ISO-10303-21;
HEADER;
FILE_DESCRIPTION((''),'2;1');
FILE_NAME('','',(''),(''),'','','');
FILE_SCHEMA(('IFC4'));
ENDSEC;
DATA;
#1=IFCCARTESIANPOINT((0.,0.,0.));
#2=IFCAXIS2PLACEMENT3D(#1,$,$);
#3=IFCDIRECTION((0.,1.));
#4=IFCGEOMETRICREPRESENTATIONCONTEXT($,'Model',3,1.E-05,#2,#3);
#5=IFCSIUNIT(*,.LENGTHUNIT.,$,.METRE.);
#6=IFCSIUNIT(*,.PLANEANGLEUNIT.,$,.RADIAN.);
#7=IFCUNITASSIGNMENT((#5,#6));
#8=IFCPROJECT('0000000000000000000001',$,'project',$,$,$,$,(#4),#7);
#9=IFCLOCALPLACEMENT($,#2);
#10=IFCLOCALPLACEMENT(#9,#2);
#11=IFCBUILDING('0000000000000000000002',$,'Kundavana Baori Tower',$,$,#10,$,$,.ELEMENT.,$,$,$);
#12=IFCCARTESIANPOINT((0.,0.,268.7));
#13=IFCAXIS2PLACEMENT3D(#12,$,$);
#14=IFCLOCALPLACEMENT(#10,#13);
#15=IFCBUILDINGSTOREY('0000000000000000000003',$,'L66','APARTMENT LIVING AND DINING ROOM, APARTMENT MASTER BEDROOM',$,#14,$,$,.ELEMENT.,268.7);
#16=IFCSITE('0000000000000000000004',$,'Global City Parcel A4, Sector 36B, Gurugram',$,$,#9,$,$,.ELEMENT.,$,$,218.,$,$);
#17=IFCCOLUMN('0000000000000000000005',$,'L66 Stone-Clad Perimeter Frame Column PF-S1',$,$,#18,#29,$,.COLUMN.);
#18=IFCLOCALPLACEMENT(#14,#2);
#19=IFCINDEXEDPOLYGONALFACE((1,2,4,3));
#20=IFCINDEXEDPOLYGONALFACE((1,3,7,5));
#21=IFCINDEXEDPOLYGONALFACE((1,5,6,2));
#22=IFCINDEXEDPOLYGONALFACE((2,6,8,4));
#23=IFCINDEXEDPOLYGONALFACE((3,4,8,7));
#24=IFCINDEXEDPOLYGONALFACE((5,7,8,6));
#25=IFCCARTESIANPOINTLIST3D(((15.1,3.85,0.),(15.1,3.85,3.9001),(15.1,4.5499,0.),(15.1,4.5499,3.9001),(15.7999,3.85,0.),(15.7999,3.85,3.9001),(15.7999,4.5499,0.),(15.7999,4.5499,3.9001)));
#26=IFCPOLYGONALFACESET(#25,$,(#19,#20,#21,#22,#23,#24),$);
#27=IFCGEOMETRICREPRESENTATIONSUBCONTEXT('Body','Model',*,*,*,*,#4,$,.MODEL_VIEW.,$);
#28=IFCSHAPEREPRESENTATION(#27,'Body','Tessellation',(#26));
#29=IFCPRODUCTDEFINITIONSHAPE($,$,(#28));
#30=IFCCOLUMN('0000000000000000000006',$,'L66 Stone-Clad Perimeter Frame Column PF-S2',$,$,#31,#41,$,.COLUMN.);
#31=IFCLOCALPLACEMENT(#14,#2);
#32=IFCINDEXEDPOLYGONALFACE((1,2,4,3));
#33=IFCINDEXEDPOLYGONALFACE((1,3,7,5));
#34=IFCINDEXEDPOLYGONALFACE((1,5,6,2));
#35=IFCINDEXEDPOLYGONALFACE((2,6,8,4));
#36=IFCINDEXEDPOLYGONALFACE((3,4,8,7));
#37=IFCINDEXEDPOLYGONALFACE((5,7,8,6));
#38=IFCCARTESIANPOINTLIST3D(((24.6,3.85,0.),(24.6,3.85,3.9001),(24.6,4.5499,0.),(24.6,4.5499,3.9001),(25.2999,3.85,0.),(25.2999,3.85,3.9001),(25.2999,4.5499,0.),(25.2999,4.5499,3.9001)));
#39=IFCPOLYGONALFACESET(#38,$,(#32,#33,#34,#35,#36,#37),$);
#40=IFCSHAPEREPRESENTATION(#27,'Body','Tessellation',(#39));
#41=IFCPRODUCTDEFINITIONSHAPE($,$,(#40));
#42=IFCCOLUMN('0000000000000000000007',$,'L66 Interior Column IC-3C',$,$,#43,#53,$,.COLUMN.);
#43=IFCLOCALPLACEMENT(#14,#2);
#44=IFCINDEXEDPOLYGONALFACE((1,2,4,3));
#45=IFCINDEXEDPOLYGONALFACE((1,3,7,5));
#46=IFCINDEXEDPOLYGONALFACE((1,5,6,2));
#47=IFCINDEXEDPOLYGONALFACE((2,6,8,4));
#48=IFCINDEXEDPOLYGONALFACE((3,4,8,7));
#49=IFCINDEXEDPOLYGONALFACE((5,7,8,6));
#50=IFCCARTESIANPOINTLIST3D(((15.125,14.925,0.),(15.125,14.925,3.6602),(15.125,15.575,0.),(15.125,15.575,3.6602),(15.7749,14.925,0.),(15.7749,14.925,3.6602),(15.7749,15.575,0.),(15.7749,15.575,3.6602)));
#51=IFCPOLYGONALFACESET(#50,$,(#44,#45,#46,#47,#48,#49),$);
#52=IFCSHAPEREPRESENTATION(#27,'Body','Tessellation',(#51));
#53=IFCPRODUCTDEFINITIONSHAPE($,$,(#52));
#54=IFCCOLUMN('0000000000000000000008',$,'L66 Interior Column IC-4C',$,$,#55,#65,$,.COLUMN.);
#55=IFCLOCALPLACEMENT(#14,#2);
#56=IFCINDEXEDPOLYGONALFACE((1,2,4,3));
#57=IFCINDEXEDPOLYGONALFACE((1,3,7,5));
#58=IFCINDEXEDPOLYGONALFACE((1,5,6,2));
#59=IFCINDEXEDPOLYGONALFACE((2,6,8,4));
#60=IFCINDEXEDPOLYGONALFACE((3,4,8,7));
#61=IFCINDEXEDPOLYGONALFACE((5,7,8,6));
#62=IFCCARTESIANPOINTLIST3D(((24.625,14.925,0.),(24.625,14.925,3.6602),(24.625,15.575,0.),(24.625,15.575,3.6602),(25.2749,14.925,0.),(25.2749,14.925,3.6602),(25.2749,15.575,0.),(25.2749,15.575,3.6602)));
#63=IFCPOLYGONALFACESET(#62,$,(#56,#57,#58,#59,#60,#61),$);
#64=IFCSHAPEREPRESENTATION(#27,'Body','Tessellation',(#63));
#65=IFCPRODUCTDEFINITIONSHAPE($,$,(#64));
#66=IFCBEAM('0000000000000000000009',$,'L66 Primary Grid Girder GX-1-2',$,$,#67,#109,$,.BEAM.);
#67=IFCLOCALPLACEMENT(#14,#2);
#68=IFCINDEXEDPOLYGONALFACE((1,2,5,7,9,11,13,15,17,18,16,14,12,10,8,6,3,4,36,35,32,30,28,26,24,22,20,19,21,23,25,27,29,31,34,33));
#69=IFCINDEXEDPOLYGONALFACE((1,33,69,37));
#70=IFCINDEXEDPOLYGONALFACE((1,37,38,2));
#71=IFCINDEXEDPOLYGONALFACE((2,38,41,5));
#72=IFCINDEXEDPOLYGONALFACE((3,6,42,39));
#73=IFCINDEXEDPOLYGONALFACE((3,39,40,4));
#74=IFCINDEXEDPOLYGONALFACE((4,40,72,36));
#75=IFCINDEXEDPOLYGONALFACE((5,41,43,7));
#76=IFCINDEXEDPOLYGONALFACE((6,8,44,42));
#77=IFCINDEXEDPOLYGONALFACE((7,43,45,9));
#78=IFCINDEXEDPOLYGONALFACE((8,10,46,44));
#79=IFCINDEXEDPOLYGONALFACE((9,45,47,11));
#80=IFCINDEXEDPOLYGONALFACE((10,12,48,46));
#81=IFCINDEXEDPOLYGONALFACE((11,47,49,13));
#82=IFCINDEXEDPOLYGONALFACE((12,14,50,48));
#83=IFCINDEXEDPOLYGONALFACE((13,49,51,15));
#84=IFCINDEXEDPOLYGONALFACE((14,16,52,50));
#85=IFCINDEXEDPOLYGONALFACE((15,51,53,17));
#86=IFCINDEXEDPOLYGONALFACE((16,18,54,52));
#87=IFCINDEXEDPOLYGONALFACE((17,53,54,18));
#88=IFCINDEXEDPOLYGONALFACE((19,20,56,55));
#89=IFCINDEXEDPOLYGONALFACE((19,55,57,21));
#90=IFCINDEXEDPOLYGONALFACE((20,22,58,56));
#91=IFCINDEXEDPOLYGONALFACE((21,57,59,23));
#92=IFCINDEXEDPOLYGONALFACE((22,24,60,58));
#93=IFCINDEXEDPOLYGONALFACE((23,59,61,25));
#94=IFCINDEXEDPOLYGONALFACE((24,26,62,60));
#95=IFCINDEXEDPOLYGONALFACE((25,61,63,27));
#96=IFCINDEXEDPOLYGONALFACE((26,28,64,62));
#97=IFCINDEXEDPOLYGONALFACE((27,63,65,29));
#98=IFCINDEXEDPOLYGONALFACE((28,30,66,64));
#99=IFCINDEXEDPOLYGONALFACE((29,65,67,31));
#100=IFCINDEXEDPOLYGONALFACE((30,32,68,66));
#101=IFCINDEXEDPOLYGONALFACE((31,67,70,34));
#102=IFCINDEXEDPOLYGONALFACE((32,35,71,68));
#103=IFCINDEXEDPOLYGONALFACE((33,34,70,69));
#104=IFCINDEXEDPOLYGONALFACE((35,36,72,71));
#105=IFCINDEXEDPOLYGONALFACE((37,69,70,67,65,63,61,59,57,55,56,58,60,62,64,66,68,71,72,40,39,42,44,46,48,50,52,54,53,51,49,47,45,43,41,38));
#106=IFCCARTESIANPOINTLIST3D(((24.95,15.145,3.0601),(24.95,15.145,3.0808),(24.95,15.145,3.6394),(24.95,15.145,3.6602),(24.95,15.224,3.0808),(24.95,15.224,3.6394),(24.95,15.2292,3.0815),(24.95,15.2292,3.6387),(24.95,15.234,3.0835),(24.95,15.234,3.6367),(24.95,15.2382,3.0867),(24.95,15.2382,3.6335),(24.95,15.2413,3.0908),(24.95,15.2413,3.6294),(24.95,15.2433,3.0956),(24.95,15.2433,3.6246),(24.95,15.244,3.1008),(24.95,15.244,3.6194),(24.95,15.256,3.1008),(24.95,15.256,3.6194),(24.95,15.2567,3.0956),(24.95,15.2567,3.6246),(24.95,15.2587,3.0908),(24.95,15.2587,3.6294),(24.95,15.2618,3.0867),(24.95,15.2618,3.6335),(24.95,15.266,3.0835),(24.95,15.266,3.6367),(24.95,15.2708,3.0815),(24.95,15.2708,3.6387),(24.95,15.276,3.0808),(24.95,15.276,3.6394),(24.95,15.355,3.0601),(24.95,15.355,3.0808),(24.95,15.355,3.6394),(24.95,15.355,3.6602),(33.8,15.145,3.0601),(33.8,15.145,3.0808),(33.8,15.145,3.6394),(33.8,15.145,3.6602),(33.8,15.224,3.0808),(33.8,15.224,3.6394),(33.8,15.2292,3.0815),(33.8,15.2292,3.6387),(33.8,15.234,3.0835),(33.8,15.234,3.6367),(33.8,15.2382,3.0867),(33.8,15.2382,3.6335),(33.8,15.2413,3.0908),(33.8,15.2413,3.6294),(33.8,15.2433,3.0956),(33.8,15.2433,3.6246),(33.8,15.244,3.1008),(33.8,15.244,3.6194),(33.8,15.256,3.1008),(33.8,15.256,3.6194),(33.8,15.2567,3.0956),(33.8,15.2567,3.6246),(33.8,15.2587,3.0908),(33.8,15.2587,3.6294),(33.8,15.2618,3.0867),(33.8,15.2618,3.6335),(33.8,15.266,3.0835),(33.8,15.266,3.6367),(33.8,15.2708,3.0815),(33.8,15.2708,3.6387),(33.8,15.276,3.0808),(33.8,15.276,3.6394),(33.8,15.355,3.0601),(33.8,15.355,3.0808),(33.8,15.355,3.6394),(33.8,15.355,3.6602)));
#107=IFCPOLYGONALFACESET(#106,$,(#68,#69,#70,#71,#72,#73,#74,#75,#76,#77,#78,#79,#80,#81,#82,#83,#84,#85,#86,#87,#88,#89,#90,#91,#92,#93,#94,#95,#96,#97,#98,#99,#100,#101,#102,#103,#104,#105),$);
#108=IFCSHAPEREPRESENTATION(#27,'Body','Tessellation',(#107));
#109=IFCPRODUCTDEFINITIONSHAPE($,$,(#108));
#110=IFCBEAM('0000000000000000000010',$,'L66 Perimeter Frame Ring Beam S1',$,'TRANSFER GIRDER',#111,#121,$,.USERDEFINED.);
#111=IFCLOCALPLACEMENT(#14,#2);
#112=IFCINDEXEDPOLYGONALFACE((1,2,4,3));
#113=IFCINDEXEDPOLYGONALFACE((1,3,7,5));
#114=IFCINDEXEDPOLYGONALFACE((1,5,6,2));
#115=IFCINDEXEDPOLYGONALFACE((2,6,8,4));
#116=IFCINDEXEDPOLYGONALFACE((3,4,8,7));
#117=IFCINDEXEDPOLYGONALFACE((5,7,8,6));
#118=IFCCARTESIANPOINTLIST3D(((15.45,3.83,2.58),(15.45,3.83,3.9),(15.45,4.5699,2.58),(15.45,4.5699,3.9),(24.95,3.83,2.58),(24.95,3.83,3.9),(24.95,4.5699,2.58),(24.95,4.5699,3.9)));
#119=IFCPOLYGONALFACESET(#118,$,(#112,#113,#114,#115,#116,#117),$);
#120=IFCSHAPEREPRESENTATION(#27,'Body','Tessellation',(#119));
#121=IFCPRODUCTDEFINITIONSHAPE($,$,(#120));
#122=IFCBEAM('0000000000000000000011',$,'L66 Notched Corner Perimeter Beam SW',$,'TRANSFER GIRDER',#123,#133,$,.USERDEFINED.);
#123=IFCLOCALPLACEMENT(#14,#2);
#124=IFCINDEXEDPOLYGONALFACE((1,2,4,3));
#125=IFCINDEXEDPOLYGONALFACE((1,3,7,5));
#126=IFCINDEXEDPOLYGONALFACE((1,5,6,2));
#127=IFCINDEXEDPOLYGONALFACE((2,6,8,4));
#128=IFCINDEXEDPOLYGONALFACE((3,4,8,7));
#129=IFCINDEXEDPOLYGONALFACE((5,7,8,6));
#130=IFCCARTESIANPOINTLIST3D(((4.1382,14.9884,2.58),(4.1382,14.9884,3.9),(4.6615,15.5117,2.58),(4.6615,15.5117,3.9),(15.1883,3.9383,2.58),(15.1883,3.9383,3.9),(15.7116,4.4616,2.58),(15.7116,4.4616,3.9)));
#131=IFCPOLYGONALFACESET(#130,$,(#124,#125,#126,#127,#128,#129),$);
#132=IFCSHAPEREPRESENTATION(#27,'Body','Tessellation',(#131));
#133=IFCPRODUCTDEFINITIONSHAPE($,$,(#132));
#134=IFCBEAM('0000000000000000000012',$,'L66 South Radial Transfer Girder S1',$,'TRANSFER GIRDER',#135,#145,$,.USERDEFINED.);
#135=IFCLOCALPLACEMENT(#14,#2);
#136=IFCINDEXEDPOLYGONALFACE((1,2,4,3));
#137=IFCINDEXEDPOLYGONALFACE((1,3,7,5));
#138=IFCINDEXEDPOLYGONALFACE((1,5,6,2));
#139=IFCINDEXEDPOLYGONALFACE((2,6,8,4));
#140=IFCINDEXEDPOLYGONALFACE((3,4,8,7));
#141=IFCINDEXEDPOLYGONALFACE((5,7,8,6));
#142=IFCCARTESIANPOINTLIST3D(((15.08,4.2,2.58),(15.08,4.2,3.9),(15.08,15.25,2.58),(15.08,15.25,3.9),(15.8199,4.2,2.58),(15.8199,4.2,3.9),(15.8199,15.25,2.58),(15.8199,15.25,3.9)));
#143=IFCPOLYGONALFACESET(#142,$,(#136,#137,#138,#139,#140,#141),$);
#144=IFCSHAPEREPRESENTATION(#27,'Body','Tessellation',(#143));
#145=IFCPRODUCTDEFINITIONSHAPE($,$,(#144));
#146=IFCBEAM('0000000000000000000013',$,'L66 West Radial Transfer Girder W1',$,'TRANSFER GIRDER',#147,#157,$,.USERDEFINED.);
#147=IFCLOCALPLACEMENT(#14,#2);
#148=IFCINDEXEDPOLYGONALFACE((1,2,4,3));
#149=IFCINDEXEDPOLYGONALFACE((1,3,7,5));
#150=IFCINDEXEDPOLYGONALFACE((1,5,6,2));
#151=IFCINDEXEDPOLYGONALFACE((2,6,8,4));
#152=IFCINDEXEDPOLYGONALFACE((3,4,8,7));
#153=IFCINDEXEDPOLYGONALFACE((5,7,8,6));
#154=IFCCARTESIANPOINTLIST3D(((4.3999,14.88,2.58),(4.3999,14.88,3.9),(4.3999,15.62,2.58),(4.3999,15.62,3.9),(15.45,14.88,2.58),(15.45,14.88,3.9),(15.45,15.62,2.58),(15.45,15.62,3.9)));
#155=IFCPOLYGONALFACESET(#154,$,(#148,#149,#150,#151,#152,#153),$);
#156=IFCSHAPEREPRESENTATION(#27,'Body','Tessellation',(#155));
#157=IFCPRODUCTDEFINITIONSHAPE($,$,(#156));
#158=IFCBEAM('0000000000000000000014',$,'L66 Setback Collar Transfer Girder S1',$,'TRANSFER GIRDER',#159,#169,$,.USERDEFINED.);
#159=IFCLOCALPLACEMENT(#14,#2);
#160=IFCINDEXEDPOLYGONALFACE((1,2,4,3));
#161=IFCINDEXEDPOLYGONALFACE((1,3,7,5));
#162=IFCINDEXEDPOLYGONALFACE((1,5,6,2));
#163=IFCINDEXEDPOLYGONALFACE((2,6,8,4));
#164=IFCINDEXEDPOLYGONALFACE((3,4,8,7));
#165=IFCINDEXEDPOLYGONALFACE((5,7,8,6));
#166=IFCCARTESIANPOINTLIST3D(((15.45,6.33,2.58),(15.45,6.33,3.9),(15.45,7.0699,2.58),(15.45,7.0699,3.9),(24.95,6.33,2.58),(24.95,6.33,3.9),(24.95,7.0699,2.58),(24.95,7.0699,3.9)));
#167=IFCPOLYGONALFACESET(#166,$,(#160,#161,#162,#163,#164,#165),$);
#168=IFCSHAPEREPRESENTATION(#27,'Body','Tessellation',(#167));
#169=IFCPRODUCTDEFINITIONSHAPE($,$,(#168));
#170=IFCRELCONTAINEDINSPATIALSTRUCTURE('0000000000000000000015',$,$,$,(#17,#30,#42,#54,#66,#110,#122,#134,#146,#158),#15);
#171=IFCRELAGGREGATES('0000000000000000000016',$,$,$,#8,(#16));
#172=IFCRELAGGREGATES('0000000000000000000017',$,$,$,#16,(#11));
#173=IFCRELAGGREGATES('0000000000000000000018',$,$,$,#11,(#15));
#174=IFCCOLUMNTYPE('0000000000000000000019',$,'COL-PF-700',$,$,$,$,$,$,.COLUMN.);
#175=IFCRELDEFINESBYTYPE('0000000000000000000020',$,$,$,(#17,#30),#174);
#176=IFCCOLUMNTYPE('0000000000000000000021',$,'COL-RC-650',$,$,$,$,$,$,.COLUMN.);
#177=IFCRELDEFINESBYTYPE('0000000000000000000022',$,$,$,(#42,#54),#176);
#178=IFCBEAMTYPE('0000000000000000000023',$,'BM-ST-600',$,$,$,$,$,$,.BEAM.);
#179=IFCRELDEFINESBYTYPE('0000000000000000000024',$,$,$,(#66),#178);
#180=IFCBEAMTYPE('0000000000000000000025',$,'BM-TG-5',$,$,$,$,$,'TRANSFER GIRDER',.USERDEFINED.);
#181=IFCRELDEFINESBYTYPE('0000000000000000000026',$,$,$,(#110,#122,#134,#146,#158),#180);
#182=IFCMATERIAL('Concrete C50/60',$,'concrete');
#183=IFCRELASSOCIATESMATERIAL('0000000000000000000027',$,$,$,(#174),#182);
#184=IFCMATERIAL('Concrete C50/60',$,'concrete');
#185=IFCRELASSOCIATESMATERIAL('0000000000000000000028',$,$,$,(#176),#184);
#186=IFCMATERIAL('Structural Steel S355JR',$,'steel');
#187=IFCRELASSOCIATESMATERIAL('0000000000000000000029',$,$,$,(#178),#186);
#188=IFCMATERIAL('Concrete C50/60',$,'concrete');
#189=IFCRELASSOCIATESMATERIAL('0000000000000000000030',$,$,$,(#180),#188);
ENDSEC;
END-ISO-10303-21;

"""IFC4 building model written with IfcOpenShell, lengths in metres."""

from ifc_helpers import new_model, si_unit, direction, frame, origin, origin_2d, place, context, subcontext, project, spatial, rectangle, i_section, extrude, material, material_profile, profile_set, type_object, element, save


model = new_model("IFC4")

# Units and contexts
model_context = context("Model", 3, precision=1e-05, world=origin(), true_north=direction((0.0, 1.0)))
body_context = subcontext(model_context, "Body", "Model", "MODEL_VIEW")
ifc_project = project(units=[si_unit("LENGTHUNIT", "METRE"), si_unit("PLANEANGLEUNIT", "RADIAN")], contexts=[model_context])

# Site, building, storey
site_placement = place(None, origin())
site = spatial("IfcSite", under=ifc_project, at=site_placement, Name="Global City Parcel A4, Sector 36B, Gurugram", CompositionType="ELEMENT", RefElevation=218.0)
building_placement = place(site_placement, origin())
building = spatial("IfcBuilding", under=site, at=building_placement, Name="Kundavana Baori Tower", CompositionType="ELEMENT")
storey_placement = place(building_placement, frame((0.0, 0.0, 268.7)))
storey = spatial("IfcBuildingStorey", under=building, at=storey_placement, Name="L66", Description="APARTMENT LIVING AND DINING ROOM, APARTMENT MASTER BEDROOM", CompositionType="ELEMENT", Elevation=268.7)

# Columns
ifc_material_1 = material(Name="Concrete C50/60", Category="concrete")
ifc_material_profile_1 = material_profile(ifc_material_1, rectangle(XDim=0.7, YDim=0.7, at=origin_2d()), Name="RC PF 700x700")
ifc_profile_set_1 = profile_set([ifc_material_profile_1], Name="Concrete C50/60")
column_type_1 = type_object("IfcColumnType", Name="COL-PF-700", PredefinedType="COLUMN", material=ifc_profile_set_1)
for number, where, z_axis, x_axis, name in (
    (1, (15.45, 4.2, 0.0), (0.0, 0.0, 1.0), (1.0, 0.0, 0.0), "L66 Stone-Clad Perimeter Frame Column PF-S1"),
    (2, (24.95, 4.2, 0.0), (0.0, 0.0, 1.0), (1.0, 0.0, 0.0), "L66 Stone-Clad Perimeter Frame Column PF-S2"),
):
    element("IfcColumn", number, at=place(storey_placement, frame(where, z_axis=z_axis, x_axis=x_axis)), inside=storey, type_object=column_type_1, Name=name, PredefinedType="COLUMN", context=body_context, shape_type="SweptSolid", body=[
        extrude(rectangle(XDim=0.7, YDim=0.7, at=origin_2d()), origin(), (0.0, 0.0, 1.0), 3.9001),
    ])
ifc_material_2 = material(Name="Concrete C50/60", Category="concrete")
ifc_material_profile_2 = material_profile(ifc_material_2, rectangle(XDim=0.6499, YDim=0.6499, at=origin_2d()), Name="RC 650x650")
ifc_profile_set_2 = profile_set([ifc_material_profile_2], Name="Concrete C50/60")
column_type_2 = type_object("IfcColumnType", Name="COL-RC-650", PredefinedType="COLUMN", material=ifc_profile_set_2)
for number, where, z_axis, x_axis, name in (
    (3, (15.45, 15.25, 0.0), (0.0, 0.0, 1.0), (1.0, 0.0, 0.0), "L66 Interior Column IC-3C"),
    (4, (24.95, 15.25, 0.0), (0.0, 0.0, 1.0), (1.0, 0.0, 0.0), "L66 Interior Column IC-4C"),
):
    element("IfcColumn", number, at=place(storey_placement, frame(where, z_axis=z_axis, x_axis=x_axis)), inside=storey, type_object=column_type_2, Name=name, PredefinedType="COLUMN", context=body_context, shape_type="SweptSolid", body=[
        extrude(rectangle(XDim=0.6499, YDim=0.6499, at=origin_2d()), origin(), (0.0, 0.0, 1.0), 3.6602),
    ])

# Beams
ifc_material_3 = material(Name="Structural Steel S355JR", Category="steel")
ifc_material_profile_3 = material_profile(ifc_material_3, i_section(OverallWidth=0.21, OverallDepth=0.6001, WebThickness=0.012, FlangeThickness=0.0208, FilletRadius=0.02, at=origin_2d()), Name="ISMB 600")
ifc_profile_set_3 = profile_set([ifc_material_profile_3], Name="Structural Steel S355JR")
beam_type_1 = type_object("IfcBeamType", Name="BM-ST-600", PredefinedType="BEAM", material=ifc_profile_set_3)
beam_1_placement = place(storey_placement, frame((24.95, 15.25, 3.3601), z_axis=(1.0, 0.0, 0.0), x_axis=(0.0, 1.0, 0.0)))
element("IfcBeam", 5, at=beam_1_placement, inside=storey, type_object=beam_type_1, Name="L66 Primary Grid Girder GX-1-2", PredefinedType="BEAM", context=body_context, shape_type="SweptSolid", body=[
    extrude(i_section(OverallWidth=0.21, OverallDepth=0.6001, WebThickness=0.012, FlangeThickness=0.0208, FilletRadius=0.02, at=origin_2d()), origin(), (0.0, 0.0, 1.0), 8.8501),
])
ifc_material_4 = material(Name="Concrete C50/60", Category="concrete")
ifc_material_profile_4 = material_profile(ifc_material_4, rectangle(XDim=0.74, YDim=1.3201, at=origin_2d()), Name="BM-TG-5")
ifc_profile_set_4 = profile_set([ifc_material_profile_4], Name="Concrete C50/60")
beam_type_2 = type_object("IfcBeamType", Name="BM-TG-5", ElementType="TRANSFER GIRDER", PredefinedType="USERDEFINED", material=ifc_profile_set_4)
beam_2_placement = place(storey_placement, frame((15.45, 4.2, 3.24), z_axis=(1.0, 0.0, 0.0), x_axis=(0.0, 1.0, 0.0)))
element("IfcBeam", 6, at=beam_2_placement, inside=storey, type_object=beam_type_2, Name="L66 Perimeter Frame Ring Beam S1", ObjectType="TRANSFER GIRDER", PredefinedType="USERDEFINED", context=body_context, shape_type="SweptSolid", body=[
    extrude(rectangle(XDim=0.74, YDim=1.3201, at=origin_2d()), origin(), (0.0, 0.0, 1.0), 9.5),
])
beam_3_placement = place(storey_placement, frame((15.45, 4.2, 3.24), z_axis=(-0.707107, 0.707107, 0.0), x_axis=(-0.707107, -0.707107, 0.0)))
element("IfcBeam", 7, at=beam_3_placement, inside=storey, type_object=beam_type_2, Name="L66 Notched Corner Perimeter Beam SW", ObjectType="TRANSFER GIRDER", PredefinedType="USERDEFINED", context=body_context, shape_type="SweptSolid", body=[
    extrude(rectangle(XDim=0.74, YDim=1.3201, at=origin_2d()), origin(), (0.0, 0.0, 1.0), 15.6272),
])
for number, where, z_axis, x_axis, name in (
    (8, (15.45, 15.25, 3.24), (0.0, -1.0, 0.0), (1.0, 0.0, 0.0), "L66 South Radial Transfer Girder S1"),
    (9, (15.45, 15.25, 3.24), (-1.0, 0.0, 0.0), (0.0, -1.0, 0.0), "L66 West Radial Transfer Girder W1"),
):
    element("IfcBeam", number, at=place(storey_placement, frame(where, z_axis=z_axis, x_axis=x_axis)), inside=storey, type_object=beam_type_2, Name=name, ObjectType="TRANSFER GIRDER", PredefinedType="USERDEFINED", context=body_context, shape_type="SweptSolid", body=[
        extrude(rectangle(XDim=0.74, YDim=1.3201, at=origin_2d()), origin(), (0.0, 0.0, 1.0), 11.05),
    ])
beam_4_placement = place(storey_placement, frame((15.45, 6.7, 3.24), z_axis=(1.0, 0.0, 0.0), x_axis=(0.0, 1.0, 0.0)))
element("IfcBeam", 10, at=beam_4_placement, inside=storey, type_object=beam_type_2, Name="L66 Setback Collar Transfer Girder S1", ObjectType="TRANSFER GIRDER", PredefinedType="USERDEFINED", context=body_context, shape_type="SweptSolid", body=[
    extrude(rectangle(XDim=0.74, YDim=1.3201, at=origin_2d()), origin(), (0.0, 0.0, 1.0), 9.5),
])

save(model, "model.ifc")
